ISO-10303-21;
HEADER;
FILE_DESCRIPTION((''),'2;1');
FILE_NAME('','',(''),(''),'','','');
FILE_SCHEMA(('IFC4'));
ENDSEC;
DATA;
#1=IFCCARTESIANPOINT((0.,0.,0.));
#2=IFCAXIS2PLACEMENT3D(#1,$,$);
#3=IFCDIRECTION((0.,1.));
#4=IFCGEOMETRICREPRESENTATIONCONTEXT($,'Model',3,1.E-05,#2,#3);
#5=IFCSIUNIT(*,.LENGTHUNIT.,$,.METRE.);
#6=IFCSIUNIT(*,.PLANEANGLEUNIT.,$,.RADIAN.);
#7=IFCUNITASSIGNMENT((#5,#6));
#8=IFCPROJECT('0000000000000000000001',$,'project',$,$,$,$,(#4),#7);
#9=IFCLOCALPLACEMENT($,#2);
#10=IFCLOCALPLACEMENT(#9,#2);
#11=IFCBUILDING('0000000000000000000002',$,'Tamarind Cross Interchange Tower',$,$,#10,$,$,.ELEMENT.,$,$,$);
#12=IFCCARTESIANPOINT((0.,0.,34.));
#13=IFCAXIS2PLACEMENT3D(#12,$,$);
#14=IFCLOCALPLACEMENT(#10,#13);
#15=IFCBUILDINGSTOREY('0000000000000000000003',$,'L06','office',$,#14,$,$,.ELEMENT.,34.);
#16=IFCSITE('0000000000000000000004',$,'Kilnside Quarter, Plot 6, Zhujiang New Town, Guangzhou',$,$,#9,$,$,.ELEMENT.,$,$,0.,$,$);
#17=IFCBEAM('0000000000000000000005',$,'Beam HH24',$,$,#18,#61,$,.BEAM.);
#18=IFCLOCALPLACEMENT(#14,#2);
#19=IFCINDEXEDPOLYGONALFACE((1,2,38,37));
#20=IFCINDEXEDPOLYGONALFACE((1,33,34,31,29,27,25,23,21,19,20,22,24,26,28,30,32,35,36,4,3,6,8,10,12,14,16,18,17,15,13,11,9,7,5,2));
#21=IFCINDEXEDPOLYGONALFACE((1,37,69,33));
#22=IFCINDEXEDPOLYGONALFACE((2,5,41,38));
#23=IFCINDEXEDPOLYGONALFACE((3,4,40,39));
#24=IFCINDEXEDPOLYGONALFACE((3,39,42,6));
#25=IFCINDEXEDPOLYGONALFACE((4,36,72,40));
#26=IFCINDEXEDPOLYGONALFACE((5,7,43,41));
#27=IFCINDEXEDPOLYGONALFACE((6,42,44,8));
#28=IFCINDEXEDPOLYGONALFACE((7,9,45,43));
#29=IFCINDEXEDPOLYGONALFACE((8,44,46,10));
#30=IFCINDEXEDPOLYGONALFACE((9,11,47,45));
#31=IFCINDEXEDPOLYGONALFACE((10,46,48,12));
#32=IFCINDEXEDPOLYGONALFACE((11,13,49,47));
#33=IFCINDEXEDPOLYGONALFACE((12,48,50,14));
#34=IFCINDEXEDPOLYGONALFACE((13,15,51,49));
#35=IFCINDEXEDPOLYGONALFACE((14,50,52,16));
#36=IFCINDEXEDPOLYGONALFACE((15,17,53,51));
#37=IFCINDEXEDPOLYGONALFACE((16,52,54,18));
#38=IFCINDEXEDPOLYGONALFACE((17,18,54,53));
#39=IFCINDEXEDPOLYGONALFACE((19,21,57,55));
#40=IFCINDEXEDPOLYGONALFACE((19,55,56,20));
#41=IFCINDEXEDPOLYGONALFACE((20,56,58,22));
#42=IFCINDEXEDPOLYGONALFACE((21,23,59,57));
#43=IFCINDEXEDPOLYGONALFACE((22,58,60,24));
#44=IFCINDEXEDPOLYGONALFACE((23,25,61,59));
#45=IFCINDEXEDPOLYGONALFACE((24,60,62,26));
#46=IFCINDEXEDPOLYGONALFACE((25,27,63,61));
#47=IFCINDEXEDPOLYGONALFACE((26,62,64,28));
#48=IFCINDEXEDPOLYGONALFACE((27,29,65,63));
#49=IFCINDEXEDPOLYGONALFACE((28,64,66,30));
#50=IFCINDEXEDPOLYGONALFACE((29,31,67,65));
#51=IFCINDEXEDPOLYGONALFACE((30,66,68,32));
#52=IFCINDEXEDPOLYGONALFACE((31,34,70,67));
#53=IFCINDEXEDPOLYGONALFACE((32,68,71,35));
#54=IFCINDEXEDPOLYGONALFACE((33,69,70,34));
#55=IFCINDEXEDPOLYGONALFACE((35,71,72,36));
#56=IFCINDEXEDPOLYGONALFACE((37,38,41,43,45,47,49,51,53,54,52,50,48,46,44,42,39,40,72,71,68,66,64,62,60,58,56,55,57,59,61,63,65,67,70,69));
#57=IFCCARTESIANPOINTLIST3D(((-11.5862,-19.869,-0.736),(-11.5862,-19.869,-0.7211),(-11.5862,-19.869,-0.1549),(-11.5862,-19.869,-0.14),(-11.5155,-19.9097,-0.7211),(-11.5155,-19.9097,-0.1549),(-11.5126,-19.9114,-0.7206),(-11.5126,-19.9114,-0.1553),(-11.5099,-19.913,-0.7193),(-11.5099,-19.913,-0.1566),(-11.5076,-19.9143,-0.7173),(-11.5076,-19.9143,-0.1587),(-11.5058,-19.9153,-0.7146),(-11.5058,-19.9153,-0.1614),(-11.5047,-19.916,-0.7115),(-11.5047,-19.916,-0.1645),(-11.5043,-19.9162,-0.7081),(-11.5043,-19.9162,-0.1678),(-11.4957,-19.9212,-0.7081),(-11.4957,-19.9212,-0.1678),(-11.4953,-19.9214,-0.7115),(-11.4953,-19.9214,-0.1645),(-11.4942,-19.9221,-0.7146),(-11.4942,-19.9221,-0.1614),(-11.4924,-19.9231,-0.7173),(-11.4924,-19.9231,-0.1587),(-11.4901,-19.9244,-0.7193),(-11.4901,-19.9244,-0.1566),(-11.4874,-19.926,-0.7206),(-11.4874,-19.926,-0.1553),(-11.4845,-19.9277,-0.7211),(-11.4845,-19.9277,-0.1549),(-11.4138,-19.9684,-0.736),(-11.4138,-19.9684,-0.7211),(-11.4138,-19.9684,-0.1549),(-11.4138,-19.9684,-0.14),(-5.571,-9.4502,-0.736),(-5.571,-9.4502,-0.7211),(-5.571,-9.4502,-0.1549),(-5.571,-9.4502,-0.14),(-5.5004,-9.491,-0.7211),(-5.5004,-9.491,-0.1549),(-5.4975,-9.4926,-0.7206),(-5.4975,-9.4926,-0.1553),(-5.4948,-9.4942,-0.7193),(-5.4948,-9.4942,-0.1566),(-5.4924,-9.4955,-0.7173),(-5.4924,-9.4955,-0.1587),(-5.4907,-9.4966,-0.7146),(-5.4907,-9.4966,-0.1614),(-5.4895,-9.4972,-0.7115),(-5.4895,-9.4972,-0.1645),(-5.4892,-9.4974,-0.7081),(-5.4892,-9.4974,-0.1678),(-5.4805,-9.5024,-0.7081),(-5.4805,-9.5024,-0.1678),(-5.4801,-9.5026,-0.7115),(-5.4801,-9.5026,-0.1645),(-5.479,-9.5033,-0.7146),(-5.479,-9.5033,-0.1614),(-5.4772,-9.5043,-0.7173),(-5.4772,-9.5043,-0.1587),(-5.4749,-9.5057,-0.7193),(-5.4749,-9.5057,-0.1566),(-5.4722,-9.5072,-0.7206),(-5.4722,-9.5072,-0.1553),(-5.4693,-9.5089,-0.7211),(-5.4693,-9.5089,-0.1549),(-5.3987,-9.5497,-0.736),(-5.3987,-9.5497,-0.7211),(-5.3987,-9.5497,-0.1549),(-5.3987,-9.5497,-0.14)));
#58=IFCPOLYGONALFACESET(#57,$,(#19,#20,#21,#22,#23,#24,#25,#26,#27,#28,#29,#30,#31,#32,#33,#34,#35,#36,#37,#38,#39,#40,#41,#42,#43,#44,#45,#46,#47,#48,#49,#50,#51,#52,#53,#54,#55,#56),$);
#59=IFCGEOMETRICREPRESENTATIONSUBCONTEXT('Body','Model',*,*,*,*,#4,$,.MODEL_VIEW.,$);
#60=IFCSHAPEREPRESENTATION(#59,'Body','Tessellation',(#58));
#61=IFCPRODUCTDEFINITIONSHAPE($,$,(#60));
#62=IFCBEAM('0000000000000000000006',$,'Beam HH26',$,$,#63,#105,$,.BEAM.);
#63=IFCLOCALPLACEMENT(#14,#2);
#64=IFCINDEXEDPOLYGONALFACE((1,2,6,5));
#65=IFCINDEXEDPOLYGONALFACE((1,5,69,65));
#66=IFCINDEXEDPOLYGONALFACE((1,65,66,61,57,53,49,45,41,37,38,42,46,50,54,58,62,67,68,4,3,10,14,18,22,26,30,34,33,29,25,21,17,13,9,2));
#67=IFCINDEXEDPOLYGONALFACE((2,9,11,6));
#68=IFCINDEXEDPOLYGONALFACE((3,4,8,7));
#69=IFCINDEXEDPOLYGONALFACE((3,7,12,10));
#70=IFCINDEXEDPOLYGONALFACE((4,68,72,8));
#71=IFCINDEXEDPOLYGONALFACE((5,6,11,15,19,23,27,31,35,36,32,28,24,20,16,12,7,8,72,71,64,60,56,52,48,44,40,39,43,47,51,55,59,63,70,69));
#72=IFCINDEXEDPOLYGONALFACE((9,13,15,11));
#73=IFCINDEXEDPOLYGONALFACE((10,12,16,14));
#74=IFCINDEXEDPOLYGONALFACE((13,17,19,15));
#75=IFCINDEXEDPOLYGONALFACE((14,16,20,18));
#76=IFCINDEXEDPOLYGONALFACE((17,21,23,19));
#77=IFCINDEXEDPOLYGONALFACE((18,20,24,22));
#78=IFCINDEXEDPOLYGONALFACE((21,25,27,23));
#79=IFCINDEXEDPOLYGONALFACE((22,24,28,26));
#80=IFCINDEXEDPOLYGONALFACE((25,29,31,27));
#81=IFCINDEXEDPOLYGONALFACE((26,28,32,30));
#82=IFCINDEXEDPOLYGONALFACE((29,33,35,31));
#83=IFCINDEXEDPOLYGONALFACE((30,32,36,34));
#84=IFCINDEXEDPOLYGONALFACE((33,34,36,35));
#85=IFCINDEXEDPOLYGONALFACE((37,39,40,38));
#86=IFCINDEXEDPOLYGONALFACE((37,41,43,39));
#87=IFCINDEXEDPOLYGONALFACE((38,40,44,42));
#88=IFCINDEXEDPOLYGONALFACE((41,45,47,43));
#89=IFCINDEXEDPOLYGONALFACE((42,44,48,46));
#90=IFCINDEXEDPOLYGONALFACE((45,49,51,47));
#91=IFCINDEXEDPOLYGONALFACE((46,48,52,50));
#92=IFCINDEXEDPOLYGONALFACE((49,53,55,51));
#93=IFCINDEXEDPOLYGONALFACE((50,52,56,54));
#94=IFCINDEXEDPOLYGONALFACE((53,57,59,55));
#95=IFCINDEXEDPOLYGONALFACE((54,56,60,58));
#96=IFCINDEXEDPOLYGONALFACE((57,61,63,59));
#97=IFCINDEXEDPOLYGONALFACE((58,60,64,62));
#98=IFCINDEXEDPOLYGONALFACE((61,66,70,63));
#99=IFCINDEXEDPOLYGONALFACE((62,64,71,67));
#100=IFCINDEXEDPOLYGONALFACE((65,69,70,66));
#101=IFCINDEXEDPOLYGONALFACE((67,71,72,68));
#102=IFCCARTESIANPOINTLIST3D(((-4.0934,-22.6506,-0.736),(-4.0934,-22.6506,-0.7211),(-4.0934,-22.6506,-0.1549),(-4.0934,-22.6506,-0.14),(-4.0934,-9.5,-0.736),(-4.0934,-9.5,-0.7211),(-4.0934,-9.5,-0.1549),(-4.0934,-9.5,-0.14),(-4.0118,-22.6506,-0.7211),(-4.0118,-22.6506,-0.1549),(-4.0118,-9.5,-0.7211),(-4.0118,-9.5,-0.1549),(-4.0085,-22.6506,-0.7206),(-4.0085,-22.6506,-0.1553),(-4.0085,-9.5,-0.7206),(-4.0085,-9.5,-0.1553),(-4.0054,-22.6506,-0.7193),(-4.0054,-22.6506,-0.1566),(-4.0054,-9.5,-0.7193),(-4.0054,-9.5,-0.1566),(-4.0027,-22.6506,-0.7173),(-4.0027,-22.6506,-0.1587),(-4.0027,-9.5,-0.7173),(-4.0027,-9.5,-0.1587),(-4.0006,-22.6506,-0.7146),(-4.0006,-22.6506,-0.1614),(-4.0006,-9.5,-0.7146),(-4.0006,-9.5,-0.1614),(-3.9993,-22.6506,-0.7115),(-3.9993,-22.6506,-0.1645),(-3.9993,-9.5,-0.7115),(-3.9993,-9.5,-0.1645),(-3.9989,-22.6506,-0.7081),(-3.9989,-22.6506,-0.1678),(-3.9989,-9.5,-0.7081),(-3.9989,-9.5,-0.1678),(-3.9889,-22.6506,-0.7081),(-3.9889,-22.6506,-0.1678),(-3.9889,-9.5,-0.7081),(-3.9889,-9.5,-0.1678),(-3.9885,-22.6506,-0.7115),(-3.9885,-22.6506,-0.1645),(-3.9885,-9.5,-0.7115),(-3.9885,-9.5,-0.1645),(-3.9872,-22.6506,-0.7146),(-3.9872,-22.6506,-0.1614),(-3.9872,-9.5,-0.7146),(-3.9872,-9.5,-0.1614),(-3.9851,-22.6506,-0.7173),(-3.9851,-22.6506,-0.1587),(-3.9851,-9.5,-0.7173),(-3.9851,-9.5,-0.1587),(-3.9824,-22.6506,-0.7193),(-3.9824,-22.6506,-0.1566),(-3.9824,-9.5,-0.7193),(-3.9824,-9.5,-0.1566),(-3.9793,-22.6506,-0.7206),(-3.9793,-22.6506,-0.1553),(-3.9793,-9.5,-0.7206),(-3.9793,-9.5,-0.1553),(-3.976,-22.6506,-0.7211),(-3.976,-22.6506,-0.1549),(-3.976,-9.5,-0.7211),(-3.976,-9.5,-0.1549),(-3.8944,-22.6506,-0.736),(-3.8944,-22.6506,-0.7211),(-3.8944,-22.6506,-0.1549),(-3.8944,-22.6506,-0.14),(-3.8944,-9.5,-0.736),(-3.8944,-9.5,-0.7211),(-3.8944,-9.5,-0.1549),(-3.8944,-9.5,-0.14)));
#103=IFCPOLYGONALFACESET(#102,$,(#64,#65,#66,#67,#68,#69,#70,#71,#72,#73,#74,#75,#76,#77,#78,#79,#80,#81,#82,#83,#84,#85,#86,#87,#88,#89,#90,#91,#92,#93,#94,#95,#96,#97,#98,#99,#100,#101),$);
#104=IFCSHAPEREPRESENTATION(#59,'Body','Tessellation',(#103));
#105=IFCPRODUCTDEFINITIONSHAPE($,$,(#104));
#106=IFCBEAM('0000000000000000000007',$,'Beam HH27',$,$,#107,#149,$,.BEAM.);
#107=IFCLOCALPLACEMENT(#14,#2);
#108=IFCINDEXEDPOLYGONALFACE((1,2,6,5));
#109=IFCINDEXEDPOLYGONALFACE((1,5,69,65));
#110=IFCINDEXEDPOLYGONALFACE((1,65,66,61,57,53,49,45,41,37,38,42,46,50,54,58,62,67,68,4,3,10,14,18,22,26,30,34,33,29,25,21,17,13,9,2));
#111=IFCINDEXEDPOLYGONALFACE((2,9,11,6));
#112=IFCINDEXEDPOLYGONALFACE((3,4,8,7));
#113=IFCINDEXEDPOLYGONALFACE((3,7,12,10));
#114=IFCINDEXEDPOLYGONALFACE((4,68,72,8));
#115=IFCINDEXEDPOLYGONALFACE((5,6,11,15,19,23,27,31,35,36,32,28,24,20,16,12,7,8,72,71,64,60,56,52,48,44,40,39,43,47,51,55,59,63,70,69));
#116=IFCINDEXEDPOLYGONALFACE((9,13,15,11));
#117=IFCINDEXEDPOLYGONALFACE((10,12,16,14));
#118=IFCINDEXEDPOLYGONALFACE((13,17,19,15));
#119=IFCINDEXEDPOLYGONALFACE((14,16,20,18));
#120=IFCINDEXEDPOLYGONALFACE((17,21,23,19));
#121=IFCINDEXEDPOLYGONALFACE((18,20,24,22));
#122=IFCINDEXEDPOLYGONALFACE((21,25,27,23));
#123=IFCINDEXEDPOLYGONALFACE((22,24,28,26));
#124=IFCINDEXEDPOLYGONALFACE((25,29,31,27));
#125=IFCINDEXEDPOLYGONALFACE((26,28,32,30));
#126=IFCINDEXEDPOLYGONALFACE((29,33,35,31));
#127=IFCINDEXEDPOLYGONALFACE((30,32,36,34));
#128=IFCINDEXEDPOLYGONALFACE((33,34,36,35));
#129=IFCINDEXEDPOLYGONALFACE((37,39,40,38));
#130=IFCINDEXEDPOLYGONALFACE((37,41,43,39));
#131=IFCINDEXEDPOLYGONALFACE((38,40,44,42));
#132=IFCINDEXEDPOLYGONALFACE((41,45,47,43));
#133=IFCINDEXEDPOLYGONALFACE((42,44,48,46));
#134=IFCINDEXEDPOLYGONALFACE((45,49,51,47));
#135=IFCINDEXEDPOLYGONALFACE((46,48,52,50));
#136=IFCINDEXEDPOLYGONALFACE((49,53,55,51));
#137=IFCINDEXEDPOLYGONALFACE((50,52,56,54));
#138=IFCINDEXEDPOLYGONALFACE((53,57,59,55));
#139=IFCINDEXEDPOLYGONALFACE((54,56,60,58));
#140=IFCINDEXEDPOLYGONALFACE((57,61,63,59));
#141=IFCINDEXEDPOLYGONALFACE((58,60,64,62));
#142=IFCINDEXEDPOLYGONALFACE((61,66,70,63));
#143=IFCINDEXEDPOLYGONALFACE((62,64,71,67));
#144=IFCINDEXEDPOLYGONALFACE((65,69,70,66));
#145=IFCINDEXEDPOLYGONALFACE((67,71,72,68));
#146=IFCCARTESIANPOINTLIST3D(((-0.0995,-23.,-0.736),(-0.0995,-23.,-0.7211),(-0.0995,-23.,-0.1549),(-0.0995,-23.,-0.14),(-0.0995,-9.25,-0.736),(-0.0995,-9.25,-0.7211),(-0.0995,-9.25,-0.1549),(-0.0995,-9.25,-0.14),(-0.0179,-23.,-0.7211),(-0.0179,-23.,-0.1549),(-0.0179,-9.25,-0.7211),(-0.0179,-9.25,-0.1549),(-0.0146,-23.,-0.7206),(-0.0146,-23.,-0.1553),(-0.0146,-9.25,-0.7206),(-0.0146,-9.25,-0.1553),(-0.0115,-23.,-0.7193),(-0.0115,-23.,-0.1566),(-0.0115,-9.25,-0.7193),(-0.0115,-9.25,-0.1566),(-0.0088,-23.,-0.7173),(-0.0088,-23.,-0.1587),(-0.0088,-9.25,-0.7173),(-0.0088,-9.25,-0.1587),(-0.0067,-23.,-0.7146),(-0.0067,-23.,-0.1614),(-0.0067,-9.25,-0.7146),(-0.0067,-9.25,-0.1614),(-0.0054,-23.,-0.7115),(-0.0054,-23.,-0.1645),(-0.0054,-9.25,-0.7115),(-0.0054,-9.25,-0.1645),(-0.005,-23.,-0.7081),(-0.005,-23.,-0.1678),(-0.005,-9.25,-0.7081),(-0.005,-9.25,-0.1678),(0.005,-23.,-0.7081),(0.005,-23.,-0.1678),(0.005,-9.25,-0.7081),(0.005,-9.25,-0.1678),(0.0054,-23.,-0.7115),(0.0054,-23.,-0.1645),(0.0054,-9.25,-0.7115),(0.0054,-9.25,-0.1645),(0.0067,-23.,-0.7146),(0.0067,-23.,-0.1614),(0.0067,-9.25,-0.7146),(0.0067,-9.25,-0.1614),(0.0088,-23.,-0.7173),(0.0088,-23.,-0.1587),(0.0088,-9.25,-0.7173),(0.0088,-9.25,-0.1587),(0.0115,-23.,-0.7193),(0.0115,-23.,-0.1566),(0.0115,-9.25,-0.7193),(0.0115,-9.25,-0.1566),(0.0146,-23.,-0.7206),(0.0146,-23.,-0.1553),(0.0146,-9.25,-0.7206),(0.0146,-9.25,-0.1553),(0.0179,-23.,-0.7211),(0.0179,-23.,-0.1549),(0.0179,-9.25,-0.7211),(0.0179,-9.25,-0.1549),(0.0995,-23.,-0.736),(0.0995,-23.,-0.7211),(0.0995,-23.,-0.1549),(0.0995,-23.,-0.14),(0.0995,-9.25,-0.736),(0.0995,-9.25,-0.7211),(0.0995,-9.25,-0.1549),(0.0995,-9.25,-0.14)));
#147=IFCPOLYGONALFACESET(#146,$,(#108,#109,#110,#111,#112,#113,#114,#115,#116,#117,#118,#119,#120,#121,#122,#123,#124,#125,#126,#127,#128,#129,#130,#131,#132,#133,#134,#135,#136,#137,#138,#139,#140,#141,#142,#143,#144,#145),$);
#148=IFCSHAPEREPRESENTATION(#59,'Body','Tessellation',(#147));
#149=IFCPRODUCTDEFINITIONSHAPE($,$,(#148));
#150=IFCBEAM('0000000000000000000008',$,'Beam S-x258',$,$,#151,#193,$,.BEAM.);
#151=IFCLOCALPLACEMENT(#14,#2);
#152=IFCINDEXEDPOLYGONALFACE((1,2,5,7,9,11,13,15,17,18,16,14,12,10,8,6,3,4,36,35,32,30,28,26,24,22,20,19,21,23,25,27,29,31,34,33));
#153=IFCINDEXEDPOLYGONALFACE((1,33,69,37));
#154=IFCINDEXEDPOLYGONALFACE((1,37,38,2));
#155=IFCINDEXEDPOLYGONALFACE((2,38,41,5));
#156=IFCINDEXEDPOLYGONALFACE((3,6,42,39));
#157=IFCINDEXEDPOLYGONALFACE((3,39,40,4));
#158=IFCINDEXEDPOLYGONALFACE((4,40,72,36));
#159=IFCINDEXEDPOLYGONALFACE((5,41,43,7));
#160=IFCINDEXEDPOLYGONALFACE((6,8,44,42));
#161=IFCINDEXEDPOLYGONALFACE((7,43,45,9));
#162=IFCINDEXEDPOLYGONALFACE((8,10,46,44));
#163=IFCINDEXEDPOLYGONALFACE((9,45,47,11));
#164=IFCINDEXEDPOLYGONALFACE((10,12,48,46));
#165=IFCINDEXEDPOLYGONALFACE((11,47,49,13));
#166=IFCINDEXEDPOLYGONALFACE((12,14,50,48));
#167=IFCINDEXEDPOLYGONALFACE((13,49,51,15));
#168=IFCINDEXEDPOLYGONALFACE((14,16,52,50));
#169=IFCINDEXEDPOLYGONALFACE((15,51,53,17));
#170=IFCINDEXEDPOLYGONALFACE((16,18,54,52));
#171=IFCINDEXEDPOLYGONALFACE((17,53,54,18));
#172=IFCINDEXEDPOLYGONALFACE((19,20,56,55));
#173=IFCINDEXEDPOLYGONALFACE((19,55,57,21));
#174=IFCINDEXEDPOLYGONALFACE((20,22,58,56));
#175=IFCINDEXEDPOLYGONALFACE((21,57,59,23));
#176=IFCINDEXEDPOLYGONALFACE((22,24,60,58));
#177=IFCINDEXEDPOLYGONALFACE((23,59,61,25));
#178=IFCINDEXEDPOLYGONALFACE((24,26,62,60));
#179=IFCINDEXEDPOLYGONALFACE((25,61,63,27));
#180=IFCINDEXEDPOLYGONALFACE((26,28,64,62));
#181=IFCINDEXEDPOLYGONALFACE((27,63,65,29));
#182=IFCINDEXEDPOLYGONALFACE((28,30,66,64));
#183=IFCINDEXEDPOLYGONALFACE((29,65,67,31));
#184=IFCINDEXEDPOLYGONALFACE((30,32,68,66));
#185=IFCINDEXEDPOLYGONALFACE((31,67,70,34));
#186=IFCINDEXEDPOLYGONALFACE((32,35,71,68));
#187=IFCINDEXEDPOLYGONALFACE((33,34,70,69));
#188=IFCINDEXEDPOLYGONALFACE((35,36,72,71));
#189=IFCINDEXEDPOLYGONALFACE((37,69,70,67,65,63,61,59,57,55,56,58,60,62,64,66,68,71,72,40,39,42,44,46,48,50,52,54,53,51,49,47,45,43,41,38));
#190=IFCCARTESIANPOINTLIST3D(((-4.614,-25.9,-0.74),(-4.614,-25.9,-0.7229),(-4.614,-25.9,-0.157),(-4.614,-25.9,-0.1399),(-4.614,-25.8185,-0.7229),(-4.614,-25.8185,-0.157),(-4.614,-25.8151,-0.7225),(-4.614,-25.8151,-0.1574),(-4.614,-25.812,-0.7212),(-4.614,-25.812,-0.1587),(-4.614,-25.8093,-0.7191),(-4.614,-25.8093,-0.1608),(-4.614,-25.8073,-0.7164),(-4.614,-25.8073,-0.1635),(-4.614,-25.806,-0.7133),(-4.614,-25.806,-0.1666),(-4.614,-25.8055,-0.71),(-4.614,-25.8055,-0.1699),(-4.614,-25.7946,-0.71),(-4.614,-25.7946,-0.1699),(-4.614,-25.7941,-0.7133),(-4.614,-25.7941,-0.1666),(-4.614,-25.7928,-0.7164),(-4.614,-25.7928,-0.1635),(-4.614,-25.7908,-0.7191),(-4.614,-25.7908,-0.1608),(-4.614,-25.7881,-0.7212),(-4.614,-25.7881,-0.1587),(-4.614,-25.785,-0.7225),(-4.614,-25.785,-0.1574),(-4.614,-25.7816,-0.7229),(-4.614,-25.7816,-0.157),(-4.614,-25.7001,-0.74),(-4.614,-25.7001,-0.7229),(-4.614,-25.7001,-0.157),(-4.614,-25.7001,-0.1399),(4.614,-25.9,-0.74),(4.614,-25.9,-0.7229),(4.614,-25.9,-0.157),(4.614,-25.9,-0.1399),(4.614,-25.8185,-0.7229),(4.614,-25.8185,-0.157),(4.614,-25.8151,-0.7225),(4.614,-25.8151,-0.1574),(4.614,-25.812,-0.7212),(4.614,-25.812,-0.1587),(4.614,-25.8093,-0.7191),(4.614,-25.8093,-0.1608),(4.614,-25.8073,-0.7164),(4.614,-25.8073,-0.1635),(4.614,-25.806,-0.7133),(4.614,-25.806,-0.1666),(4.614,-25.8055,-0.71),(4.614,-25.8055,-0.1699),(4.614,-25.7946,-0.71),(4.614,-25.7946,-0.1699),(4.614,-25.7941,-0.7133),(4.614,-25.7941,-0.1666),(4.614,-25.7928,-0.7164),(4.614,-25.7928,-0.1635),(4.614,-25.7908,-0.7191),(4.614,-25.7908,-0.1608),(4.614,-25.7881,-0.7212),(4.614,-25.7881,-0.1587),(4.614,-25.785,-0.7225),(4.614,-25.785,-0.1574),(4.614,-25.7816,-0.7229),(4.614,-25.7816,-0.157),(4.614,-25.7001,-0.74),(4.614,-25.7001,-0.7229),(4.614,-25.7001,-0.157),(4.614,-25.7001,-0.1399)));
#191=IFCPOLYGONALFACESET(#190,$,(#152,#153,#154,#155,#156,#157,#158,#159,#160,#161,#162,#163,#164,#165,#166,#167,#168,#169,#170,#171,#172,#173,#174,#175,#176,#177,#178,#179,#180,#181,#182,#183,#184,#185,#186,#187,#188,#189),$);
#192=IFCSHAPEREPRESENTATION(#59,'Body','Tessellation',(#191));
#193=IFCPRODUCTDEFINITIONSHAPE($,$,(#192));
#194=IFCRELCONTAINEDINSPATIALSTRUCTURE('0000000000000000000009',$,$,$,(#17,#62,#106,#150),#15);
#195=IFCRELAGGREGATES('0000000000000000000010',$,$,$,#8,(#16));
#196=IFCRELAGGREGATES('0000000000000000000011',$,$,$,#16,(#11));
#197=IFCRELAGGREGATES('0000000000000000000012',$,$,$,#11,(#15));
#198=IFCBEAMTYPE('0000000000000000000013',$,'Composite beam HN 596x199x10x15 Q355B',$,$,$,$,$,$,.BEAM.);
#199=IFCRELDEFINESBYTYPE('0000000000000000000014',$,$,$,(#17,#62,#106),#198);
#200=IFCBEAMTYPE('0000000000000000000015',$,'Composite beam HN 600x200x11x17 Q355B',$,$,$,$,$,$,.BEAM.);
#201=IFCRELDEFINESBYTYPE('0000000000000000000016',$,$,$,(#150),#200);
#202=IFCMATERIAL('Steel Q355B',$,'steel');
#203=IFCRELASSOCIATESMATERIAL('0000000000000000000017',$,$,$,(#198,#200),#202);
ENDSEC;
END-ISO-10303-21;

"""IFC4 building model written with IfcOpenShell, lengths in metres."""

from ifc_helpers import new_model, si_unit, direction, frame, origin, origin_2d, place, context, subcontext, project, spatial, i_section, extrude, material, material_profile, profile_set, type_object, element, save


model = new_model("IFC4")

# Units and contexts
model_context = context("Model", 3, precision=1e-05, world=origin(), true_north=direction((0.0, 1.0)))
body_context = subcontext(model_context, "Body", "Model", "MODEL_VIEW")
ifc_project = project(units=[si_unit("LENGTHUNIT", "METRE"), si_unit("PLANEANGLEUNIT", "RADIAN")], contexts=[model_context])

# Site, building, storey
site_placement = place(None, origin())
site = spatial("IfcSite", under=ifc_project, at=site_placement, Name="Kilnside Quarter, Plot 6, Zhujiang New Town, Guangzhou", CompositionType="ELEMENT", RefElevation=0.0)
building_placement = place(site_placement, origin())
building = spatial("IfcBuilding", under=site, at=building_placement, Name="Tamarind Cross Interchange Tower", CompositionType="ELEMENT")
storey_placement = place(building_placement, frame((0.0, 0.0, 34.0)))
storey = spatial("IfcBuildingStorey", under=building, at=storey_placement, Name="L06", Description="office", CompositionType="ELEMENT", Elevation=34.0)

# Beams
ifc_material_1 = material(Name="Steel Q355B", Category="steel")
ifc_material_profile_1 = material_profile(ifc_material_1, i_section(OverallWidth=0.199, OverallDepth=0.5959, WebThickness=0.01, FlangeThickness=0.0149, FilletRadius=0.0129, at=origin_2d()), Name="HN 596x199x10x15")
ifc_profile_set_1 = profile_set([ifc_material_profile_1], Name="Steel Q355B")
beam_type_1 = type_object("IfcBeamType", Name="Composite beam HN 596x199x10x15 Q355B", PredefinedType="BEAM", material=ifc_profile_set_1)
beam_1_placement = place(storey_placement, frame((-11.5, -19.9187, -0.438), z_axis=(0.499994, 0.866029, 0.0), x_axis=(-0.866029, 0.499994, 0.0)))
element("IfcBeam", 1, at=beam_1_placement, inside=storey, type_object=beam_type_1, Name="Beam HH24", PredefinedType="BEAM", context=body_context, shape_type="SweptSolid", body=[
    extrude(i_section(OverallWidth=0.199, OverallDepth=0.5959, WebThickness=0.01, FlangeThickness=0.0149, FilletRadius=0.0129, at=origin_2d()), origin(), (0.0, 0.0, 1.0), 12.0305),
])
beam_2_placement = place(storey_placement, frame((-3.9939, -22.6506, -0.438), z_axis=(0.0, 1.0, 0.0), x_axis=(-1.0, 0.0, 0.0)))
element("IfcBeam", 2, at=beam_2_placement, inside=storey, type_object=beam_type_1, Name="Beam HH26", PredefinedType="BEAM", context=body_context, shape_type="SweptSolid", body=[
    extrude(i_section(OverallWidth=0.199, OverallDepth=0.5959, WebThickness=0.01, FlangeThickness=0.0149, FilletRadius=0.0129, at=origin_2d()), origin(), (0.0, 0.0, 1.0), 13.1506),
])
beam_3_placement = place(storey_placement, frame((0.0, -23.0, -0.438), z_axis=(0.0, 1.0, 0.0), x_axis=(-1.0, 0.0, 0.0)))
element("IfcBeam", 3, at=beam_3_placement, inside=storey, type_object=beam_type_1, Name="Beam HH27", PredefinedType="BEAM", context=body_context, shape_type="SweptSolid", body=[
    extrude(i_section(OverallWidth=0.199, OverallDepth=0.5959, WebThickness=0.01, FlangeThickness=0.0149, FilletRadius=0.0129, at=origin_2d()), origin(), (0.0, 0.0, 1.0), 13.75),
])
ifc_material_profile_2 = material_profile(ifc_material_1, i_section(OverallWidth=0.2, OverallDepth=0.6001, WebThickness=0.011, FlangeThickness=0.0171, FilletRadius=0.0129, at=origin_2d()), Name="HN 600x200x11x17")
ifc_profile_set_2 = profile_set([ifc_material_profile_2], Name="Steel Q355B")
beam_type_2 = type_object("IfcBeamType", Name="Composite beam HN 600x200x11x17 Q355B", PredefinedType="BEAM", material=ifc_profile_set_2)
beam_4_placement = place(storey_placement, frame((-4.614, -25.8, -0.4399), z_axis=(1.0, 0.0, 0.0), x_axis=(0.0, 1.0, 0.0)))
element("IfcBeam", 4, at=beam_4_placement, inside=storey, type_object=beam_type_2, Name="Beam S-x258", PredefinedType="BEAM", context=body_context, shape_type="SweptSolid", body=[
    extrude(i_section(OverallWidth=0.2, OverallDepth=0.6001, WebThickness=0.011, FlangeThickness=0.0171, FilletRadius=0.0129, at=origin_2d()), origin(), (0.0, 0.0, 1.0), 9.228),
])

save(model, "model.ifc")
